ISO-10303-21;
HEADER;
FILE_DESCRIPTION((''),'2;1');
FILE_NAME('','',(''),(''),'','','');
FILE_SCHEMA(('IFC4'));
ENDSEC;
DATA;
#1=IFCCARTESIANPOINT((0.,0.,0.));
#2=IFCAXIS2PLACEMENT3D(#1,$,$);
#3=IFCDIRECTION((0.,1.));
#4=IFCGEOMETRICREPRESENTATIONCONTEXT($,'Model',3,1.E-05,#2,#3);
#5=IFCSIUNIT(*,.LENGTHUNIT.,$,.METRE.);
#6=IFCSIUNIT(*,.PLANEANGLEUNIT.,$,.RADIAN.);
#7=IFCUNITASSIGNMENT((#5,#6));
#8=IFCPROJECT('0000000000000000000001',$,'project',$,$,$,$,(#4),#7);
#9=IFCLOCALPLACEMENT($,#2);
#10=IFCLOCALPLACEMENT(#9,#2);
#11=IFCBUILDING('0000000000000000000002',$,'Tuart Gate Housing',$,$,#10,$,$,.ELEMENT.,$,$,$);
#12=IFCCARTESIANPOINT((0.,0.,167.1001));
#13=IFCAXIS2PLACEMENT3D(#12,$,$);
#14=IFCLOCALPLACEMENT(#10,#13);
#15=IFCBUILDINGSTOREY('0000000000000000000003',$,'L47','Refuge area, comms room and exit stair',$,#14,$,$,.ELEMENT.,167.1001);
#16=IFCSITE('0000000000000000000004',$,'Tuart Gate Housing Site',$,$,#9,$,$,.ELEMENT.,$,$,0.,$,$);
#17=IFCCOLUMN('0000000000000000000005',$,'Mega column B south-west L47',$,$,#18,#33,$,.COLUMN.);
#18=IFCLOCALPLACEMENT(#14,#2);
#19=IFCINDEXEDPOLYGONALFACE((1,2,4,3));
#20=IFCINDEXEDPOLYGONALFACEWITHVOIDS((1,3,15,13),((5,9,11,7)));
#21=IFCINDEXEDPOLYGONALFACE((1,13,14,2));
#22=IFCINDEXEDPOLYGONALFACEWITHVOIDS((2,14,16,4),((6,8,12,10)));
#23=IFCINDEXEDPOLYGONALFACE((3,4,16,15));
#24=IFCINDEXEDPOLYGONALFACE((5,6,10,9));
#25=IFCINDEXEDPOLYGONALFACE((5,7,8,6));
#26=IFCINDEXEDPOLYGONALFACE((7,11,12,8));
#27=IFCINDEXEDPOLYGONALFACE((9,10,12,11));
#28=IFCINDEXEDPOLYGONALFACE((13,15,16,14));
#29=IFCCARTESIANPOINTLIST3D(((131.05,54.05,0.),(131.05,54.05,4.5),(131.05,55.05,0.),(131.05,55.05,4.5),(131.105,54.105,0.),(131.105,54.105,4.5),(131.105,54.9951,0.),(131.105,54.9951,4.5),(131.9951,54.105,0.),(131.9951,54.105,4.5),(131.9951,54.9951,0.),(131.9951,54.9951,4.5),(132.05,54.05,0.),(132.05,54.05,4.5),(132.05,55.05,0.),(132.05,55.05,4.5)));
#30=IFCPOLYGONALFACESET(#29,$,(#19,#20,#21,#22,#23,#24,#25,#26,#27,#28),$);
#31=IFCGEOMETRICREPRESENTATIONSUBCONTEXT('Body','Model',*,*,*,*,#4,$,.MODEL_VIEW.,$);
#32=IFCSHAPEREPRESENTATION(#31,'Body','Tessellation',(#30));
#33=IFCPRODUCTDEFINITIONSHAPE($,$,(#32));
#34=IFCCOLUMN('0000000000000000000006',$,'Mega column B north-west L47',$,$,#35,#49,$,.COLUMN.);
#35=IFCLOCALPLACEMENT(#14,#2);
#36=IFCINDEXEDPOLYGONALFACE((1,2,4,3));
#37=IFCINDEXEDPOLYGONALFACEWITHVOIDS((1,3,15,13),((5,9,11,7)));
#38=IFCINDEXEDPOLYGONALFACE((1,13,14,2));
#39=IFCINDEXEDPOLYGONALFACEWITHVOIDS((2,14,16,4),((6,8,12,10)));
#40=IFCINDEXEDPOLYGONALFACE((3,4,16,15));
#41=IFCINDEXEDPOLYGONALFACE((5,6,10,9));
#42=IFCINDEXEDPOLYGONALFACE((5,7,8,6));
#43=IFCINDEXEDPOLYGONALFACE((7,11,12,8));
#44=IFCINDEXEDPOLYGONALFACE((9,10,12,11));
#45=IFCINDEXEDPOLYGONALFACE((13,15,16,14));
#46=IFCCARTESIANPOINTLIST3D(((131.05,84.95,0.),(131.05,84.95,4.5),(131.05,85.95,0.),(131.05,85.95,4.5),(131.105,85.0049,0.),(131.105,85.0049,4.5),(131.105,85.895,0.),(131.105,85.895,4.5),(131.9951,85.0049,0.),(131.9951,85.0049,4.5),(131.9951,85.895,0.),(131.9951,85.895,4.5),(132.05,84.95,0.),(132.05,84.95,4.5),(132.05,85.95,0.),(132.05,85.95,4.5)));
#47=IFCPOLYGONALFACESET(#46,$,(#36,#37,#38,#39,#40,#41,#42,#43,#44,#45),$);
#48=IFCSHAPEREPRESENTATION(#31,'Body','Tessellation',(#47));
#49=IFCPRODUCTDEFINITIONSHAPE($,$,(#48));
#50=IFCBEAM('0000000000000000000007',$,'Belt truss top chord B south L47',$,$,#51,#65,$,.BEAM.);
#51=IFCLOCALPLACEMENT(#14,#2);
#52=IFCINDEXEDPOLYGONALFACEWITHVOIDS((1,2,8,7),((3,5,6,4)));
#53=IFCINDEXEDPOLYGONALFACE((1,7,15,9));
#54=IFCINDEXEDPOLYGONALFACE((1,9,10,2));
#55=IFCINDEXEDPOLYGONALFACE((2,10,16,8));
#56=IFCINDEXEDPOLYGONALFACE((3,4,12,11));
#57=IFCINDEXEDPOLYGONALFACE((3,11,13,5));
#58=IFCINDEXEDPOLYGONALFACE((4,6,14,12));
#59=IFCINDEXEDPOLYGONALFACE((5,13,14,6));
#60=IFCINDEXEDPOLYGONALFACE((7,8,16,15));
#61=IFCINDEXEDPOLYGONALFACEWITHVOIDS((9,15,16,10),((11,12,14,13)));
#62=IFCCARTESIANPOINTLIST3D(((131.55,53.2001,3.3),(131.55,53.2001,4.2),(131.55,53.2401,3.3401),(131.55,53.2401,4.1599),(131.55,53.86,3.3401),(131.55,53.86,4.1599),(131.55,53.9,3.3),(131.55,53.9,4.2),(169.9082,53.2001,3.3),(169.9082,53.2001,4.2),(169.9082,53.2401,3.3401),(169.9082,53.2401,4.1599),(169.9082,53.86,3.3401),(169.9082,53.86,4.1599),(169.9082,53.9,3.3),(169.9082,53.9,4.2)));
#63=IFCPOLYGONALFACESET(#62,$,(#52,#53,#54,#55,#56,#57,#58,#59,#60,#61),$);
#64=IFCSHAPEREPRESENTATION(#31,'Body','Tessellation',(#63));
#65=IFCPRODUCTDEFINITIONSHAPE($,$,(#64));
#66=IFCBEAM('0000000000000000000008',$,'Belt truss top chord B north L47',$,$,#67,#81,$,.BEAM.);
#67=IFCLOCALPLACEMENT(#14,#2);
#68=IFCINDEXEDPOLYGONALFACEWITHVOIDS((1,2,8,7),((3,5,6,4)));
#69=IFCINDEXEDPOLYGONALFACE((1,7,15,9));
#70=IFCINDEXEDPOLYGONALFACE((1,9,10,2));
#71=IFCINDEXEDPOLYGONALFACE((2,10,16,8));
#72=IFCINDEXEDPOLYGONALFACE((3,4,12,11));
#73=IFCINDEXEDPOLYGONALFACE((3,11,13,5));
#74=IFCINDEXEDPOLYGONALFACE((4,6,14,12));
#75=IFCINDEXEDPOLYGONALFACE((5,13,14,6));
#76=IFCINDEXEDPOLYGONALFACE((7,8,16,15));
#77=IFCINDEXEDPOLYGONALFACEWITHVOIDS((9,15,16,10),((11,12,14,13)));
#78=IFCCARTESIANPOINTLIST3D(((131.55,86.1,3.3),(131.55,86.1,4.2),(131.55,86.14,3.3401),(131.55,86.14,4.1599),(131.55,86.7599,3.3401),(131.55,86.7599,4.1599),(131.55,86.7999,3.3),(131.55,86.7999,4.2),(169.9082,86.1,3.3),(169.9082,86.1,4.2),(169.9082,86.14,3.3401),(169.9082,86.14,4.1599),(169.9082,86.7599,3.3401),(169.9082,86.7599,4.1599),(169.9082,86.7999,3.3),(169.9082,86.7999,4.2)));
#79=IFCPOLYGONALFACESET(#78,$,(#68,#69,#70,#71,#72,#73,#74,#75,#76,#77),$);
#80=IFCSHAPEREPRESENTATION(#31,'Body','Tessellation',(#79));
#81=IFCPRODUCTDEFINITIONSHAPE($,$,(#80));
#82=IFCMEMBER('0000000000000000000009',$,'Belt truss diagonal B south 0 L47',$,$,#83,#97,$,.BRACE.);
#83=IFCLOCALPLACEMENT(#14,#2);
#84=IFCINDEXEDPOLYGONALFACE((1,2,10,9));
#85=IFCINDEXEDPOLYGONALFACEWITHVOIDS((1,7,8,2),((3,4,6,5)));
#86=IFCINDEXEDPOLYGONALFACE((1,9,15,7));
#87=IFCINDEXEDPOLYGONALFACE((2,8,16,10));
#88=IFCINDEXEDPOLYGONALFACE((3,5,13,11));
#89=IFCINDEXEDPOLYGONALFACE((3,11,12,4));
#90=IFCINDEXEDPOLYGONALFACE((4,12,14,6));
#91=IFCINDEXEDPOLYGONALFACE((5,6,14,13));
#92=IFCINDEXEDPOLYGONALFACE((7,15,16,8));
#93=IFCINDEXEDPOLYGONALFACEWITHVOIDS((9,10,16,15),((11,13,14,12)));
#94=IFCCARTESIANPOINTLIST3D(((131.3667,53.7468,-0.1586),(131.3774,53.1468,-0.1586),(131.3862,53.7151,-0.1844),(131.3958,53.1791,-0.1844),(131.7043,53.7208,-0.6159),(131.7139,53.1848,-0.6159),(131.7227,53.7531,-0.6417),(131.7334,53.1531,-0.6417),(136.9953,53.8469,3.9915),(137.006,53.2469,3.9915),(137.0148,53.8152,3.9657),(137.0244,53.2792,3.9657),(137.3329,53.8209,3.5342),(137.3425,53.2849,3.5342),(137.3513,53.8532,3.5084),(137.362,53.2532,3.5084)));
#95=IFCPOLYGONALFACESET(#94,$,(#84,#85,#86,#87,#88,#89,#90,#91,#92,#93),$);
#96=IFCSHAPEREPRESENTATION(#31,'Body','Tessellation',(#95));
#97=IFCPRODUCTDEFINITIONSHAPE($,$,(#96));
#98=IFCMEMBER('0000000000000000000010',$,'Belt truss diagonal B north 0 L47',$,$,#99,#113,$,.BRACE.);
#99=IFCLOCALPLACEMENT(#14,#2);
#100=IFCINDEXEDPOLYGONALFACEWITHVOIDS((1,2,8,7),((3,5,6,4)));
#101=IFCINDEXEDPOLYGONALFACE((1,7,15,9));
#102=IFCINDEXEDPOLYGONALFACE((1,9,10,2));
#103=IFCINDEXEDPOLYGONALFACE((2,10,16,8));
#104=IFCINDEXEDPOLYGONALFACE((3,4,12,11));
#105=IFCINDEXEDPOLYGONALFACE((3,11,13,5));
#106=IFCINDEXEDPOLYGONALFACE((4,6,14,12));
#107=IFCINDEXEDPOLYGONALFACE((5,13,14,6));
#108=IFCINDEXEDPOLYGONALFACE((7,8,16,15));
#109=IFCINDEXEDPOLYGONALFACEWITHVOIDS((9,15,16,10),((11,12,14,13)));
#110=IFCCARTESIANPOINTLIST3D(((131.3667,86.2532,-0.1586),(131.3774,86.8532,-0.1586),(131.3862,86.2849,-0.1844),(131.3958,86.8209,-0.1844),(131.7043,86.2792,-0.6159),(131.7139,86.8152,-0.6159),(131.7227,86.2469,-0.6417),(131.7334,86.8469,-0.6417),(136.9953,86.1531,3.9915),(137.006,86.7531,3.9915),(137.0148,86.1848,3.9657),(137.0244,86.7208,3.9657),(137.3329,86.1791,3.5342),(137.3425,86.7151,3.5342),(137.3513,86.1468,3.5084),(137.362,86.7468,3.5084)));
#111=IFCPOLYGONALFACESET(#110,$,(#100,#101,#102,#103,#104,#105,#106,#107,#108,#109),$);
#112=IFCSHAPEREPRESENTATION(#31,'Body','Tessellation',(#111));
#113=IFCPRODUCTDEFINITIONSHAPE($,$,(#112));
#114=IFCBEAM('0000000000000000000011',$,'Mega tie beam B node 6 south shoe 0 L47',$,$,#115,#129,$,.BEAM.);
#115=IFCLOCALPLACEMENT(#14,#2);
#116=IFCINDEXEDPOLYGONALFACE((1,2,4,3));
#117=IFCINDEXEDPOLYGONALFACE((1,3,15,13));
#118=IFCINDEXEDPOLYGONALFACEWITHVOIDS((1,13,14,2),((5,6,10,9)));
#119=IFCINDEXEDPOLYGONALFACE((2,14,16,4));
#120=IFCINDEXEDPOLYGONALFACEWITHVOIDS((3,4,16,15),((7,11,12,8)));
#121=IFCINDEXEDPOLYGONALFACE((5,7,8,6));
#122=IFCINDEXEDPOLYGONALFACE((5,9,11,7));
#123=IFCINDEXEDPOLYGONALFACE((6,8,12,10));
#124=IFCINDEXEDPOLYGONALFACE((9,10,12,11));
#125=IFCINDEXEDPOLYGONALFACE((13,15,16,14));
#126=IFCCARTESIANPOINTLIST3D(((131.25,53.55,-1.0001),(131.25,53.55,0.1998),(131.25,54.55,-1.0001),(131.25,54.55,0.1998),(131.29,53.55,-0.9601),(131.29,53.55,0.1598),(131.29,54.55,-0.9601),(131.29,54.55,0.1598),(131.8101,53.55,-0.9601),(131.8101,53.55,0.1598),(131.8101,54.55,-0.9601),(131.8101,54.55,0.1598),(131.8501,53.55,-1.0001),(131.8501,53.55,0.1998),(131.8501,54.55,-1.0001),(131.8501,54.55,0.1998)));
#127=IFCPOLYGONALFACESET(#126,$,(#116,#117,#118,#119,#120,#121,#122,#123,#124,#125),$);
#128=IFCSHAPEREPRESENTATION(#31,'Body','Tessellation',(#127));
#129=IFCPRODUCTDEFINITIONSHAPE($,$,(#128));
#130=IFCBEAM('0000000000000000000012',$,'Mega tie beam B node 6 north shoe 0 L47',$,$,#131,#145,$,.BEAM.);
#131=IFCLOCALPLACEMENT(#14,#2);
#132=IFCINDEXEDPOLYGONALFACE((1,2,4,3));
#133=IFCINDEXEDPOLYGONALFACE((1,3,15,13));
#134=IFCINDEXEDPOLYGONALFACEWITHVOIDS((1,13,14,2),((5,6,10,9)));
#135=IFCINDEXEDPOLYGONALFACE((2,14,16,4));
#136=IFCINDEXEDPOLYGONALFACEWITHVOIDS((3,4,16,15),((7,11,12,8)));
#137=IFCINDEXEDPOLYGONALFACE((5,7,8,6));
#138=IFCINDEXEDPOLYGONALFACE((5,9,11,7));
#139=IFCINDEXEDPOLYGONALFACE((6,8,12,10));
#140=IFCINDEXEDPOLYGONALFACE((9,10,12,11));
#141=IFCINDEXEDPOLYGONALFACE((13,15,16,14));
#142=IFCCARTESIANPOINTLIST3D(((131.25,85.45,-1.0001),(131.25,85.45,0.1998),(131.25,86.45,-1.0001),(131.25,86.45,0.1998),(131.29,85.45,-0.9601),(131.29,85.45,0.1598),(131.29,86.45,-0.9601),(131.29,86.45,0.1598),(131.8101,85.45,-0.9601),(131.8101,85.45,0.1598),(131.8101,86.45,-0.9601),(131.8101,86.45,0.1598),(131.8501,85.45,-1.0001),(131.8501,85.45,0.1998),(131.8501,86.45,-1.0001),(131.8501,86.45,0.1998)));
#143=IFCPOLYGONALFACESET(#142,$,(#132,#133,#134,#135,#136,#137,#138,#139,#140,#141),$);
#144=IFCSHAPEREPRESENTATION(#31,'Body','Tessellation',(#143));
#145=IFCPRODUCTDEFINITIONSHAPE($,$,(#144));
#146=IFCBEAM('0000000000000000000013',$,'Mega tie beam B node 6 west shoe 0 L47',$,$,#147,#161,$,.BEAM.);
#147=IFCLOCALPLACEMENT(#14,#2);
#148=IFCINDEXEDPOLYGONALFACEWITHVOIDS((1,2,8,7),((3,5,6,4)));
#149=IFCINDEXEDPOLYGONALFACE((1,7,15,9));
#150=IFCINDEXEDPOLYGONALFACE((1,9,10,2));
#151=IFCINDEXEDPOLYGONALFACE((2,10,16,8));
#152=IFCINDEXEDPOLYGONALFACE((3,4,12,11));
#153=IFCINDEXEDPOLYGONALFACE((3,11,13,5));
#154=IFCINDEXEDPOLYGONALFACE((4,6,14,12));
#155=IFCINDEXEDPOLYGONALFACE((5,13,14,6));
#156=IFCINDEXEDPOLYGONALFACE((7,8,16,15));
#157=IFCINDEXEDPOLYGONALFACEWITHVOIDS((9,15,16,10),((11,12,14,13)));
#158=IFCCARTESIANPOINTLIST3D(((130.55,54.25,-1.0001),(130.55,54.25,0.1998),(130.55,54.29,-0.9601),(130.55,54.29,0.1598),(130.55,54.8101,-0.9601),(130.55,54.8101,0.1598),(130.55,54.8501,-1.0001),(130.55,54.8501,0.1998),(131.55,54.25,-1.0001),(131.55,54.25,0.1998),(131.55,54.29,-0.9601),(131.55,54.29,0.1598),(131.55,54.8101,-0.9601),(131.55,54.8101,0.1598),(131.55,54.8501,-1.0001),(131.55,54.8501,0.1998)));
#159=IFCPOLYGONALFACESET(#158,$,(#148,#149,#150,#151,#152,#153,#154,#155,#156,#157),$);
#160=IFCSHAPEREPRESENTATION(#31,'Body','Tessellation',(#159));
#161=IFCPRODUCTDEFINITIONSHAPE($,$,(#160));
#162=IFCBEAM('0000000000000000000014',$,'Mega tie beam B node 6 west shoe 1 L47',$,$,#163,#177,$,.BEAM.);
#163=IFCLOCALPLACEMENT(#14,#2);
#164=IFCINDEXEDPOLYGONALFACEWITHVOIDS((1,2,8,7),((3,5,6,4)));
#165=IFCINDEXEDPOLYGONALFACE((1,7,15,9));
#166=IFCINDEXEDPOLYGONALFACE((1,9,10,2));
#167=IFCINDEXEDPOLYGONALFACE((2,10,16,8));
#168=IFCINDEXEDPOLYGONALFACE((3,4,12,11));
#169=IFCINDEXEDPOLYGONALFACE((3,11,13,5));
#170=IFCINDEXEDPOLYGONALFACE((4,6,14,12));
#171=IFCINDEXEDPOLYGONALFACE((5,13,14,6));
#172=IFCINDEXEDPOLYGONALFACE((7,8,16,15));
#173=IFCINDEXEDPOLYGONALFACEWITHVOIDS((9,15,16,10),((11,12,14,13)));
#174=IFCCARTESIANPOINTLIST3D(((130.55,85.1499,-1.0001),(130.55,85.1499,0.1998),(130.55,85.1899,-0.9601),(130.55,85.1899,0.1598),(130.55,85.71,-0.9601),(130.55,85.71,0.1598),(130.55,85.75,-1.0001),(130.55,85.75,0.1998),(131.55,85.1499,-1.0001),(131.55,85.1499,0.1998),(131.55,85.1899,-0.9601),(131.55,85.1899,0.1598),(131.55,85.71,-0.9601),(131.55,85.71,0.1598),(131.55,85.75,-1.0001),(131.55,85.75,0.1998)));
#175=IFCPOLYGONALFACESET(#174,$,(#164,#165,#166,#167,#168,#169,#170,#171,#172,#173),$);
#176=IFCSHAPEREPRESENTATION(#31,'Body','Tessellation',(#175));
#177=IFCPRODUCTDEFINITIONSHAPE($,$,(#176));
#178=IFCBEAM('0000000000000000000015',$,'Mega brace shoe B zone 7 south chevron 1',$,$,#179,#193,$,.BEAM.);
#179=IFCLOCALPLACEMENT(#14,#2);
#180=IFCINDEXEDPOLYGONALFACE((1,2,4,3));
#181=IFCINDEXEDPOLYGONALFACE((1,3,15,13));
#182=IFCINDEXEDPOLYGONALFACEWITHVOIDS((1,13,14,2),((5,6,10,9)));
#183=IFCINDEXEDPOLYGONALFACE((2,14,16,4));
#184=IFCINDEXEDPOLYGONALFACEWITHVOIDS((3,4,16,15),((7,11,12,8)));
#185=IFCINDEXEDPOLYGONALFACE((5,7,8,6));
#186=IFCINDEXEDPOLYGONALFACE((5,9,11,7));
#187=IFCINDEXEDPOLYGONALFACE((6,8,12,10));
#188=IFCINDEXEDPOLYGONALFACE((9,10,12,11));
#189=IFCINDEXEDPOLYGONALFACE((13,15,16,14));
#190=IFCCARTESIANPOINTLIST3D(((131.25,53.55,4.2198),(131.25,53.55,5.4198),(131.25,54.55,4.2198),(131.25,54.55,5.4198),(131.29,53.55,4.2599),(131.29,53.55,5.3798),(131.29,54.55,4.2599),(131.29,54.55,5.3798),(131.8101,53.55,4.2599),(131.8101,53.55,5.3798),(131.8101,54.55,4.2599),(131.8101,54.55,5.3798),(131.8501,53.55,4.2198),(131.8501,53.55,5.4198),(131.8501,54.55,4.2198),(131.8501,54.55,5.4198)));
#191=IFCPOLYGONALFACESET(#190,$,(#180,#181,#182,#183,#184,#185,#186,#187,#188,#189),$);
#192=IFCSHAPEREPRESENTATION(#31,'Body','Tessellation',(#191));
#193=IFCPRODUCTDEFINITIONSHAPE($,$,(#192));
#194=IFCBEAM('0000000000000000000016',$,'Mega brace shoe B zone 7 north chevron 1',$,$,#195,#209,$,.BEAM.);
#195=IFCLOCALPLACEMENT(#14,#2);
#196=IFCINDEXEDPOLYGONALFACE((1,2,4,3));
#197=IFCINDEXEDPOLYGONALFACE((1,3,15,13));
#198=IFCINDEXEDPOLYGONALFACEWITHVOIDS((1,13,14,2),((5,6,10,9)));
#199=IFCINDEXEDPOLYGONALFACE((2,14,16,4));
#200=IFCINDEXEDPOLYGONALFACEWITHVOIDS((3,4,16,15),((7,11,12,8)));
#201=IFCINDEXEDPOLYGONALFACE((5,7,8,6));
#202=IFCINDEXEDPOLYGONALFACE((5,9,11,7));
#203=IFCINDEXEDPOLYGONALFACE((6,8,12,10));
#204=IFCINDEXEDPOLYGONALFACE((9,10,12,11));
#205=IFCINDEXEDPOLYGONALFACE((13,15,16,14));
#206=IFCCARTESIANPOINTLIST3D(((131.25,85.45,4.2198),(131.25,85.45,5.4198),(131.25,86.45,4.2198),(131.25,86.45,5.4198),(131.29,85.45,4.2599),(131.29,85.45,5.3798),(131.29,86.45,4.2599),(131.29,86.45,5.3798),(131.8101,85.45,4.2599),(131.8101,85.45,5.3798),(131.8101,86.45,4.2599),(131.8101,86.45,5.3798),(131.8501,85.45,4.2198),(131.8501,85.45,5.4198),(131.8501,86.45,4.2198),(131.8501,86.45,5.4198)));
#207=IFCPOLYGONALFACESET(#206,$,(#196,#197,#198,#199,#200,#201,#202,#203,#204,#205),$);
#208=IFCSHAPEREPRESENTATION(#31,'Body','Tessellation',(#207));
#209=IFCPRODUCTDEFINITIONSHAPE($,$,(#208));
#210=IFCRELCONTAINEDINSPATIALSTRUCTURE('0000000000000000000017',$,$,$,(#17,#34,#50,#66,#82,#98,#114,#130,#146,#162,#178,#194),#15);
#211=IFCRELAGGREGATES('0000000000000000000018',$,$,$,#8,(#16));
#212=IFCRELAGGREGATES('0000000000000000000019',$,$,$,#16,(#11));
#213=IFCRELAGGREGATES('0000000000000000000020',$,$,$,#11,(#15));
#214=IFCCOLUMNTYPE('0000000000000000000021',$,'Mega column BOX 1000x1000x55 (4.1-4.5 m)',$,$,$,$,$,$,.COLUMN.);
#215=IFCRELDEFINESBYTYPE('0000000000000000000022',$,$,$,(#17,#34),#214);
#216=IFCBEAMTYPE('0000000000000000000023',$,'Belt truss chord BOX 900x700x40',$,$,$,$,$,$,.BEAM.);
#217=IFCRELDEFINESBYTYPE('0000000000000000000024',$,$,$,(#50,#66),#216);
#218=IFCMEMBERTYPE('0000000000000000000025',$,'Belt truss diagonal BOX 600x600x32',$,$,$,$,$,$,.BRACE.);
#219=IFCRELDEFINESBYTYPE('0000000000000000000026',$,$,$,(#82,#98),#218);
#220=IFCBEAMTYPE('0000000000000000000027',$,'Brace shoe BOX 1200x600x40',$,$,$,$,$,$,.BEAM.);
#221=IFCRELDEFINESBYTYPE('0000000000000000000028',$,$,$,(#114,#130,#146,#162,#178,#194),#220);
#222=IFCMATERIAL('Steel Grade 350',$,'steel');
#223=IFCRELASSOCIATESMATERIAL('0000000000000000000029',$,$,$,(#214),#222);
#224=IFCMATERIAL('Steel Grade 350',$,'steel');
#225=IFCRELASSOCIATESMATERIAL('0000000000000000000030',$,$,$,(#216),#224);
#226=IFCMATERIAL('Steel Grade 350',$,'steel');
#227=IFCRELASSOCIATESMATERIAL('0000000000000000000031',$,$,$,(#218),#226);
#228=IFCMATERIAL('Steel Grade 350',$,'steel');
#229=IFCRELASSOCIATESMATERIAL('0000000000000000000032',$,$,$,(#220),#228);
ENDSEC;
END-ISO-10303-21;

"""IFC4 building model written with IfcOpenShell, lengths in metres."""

from ifc_helpers import new_model, si_unit, direction, frame, origin, origin_2d, place, context, subcontext, project, spatial, hollow_rectangle, extrude, material, material_profile, profile_set, type_object, element, save


model = new_model("IFC4")

# Units and contexts
model_context = context("Model", 3, precision=1e-05, world=origin(), true_north=direction((0.0, 1.0)))
body_context = subcontext(model_context, "Body", "Model", "MODEL_VIEW")
ifc_project = project(units=[si_unit("LENGTHUNIT", "METRE"), si_unit("PLANEANGLEUNIT", "RADIAN")], contexts=[model_context])

# Site, building, storey
site_placement = place(None, origin())
site = spatial("IfcSite", under=ifc_project, at=site_placement, Name="Tuart Gate Housing Site", CompositionType="ELEMENT", RefElevation=0.0)
building_placement = place(site_placement, origin())
building = spatial("IfcBuilding", under=site, at=building_placement, Name="Tuart Gate Housing", CompositionType="ELEMENT")
storey_placement = place(building_placement, frame((0.0, 0.0, 167.1001)))
storey = spatial("IfcBuildingStorey", under=building, at=storey_placement, Name="L47", Description="Refuge area, comms room and exit stair", CompositionType="ELEMENT", Elevation=167.1001)

# Columns
ifc_material_1 = material(Name="Steel Grade 350", Category="steel")
ifc_material_profile_1 = material_profile(ifc_material_1, hollow_rectangle(XDim=1.0, YDim=1.0, WallThickness=0.0549, at=origin_2d()), Name="BOX 1000x1000x55")
ifc_profile_set_1 = profile_set([ifc_material_profile_1], Name="Steel Grade 350")
column_type = type_object("IfcColumnType", Name="Mega column BOX 1000x1000x55 (4.1-4.5 m)", PredefinedType="COLUMN", material=ifc_profile_set_1)
for number, where, z_axis, x_axis, name in (
    (1, (131.55, 54.55, 0.0), (0.0, 0.0, 1.0), (1.0, 0.0, 0.0), "Mega column B south-west L47"),
    (2, (131.55, 85.45, 0.0), (0.0, 0.0, 1.0), (1.0, 0.0, 0.0), "Mega column B north-west L47"),
):
    element("IfcColumn", number, at=place(storey_placement, frame(where, z_axis=z_axis, x_axis=x_axis)), inside=storey, type_object=column_type, Name=name, PredefinedType="COLUMN", context=body_context, shape_type="SweptSolid", body=[
        extrude(hollow_rectangle(XDim=1.0, YDim=1.0, WallThickness=0.0549, at=origin_2d()), origin(), (0.0, 0.0, 1.0), 4.5),
    ])

# Beams
ifc_material_2 = material(Name="Steel Grade 350", Category="steel")
ifc_material_profile_2 = material_profile(ifc_material_2, hollow_rectangle(XDim=0.7, YDim=0.8999, WallThickness=0.04, at=origin_2d()), Name="BOX 900x700x40")
ifc_profile_set_2 = profile_set([ifc_material_profile_2], Name="Steel Grade 350")
beam_type_1 = type_object("IfcBeamType", Name="Belt truss chord BOX 900x700x40", PredefinedType="BEAM", material=ifc_profile_set_2)
for number, where, z_axis, x_axis, name in (
    (3, (131.55, 53.55, 3.75), (1.0, 0.0, 0.0), (0.0, 1.0, 0.0), "Belt truss top chord B south L47"),
    (4, (131.55, 86.45, 3.75), (1.0, 0.0, 0.0), (0.0, 1.0, 0.0), "Belt truss top chord B north L47"),
):
    element("IfcBeam", number, at=place(storey_placement, frame(where, z_axis=z_axis, x_axis=x_axis)), inside=storey, type_object=beam_type_1, Name=name, PredefinedType="BEAM", context=body_context, shape_type="SweptSolid", body=[
        extrude(hollow_rectangle(XDim=0.7, YDim=0.8999, WallThickness=0.04, at=origin_2d()), origin(), (0.0, 0.0, 1.0), 38.3582),
    ])

# Members
ifc_material_3 = material(Name="Steel Grade 350", Category="steel")
ifc_material_profile_3 = material_profile(ifc_material_3, hollow_rectangle(XDim=0.6001, YDim=0.6001, WallThickness=0.032, at=origin_2d()), Name="BOX 600x600x32")
ifc_profile_set_3 = profile_set([ifc_material_profile_3], Name="Steel Grade 350")
member_type_1 = type_object("IfcMemberType", Name="Belt truss diagonal BOX 600x600x32", PredefinedType="BRACE", material=ifc_profile_set_3)
for number, where, z_axis, x_axis, name in (
    (5, (131.55, 53.45, -0.4001), (0.804788, 0.014312, 0.593389), (-0.017781, 0.999842, 0.0), "Belt truss diagonal B south 0 L47"),
    (6, (131.55, 86.55, -0.4001), (0.804788, -0.014312, 0.593389), (0.017781, 0.999842, 0.0), "Belt truss diagonal B north 0 L47"),
):
    element("IfcMember", number, at=place(storey_placement, frame(where, z_axis=z_axis, x_axis=x_axis)), inside=storey, type_object=member_type_1, Name=name, PredefinedType="BRACE", context=body_context, shape_type="SweptSolid", body=[
        extrude(hollow_rectangle(XDim=0.6001, YDim=0.6001, WallThickness=0.032, at=origin_2d()), origin(), (0.0, 0.0, 1.0), 6.9939),
    ])

# Beams
ifc_material_4 = material(Name="Steel Grade 350", Category="steel")
ifc_material_profile_4 = material_profile(ifc_material_4, hollow_rectangle(XDim=0.6001, YDim=1.2, WallThickness=0.04, at=origin_2d()), Name="BOX 1200x600x40")
ifc_profile_set_4 = profile_set([ifc_material_profile_4], Name="Steel Grade 350")
beam_type_2 = type_object("IfcBeamType", Name="Brace shoe BOX 1200x600x40", PredefinedType="BEAM", material=ifc_profile_set_4)
for number, where, z_axis, x_axis, name in (
    (7, (131.55, 54.55, -0.4001), (0.0, -1.0, 0.0), (1.0, 0.0, 0.0), "Mega tie beam B node 6 south shoe 0 L47"),
    (8, (131.55, 85.45, -0.4001), (0.0, 1.0, 0.0), (-1.0, 0.0, 0.0), "Mega tie beam B node 6 north shoe 0 L47"),
    (9, (131.55, 54.55, -0.4001), (-1.0, 0.0, 0.0), (0.0, -1.0, 0.0), "Mega tie beam B node 6 west shoe 0 L47"),
    (10, (131.55, 85.45, -0.4001), (-1.0, 0.0, 0.0), (0.0, -1.0, 0.0), "Mega tie beam B node 6 west shoe 1 L47"),
    (11, (131.55, 54.55, 4.8198), (0.0, -1.0, 0.0), (1.0, 0.0, 0.0), "Mega brace shoe B zone 7 south chevron 1"),
    (12, (131.55, 85.45, 4.8198), (0.0, 1.0, 0.0), (-1.0, 0.0, 0.0), "Mega brace shoe B zone 7 north chevron 1"),
):
    element("IfcBeam", number, at=place(storey_placement, frame(where, z_axis=z_axis, x_axis=x_axis)), inside=storey, type_object=beam_type_2, Name=name, PredefinedType="BEAM", context=body_context, shape_type="SweptSolid", body=[
        extrude(hollow_rectangle(XDim=0.6001, YDim=1.2, WallThickness=0.04, at=origin_2d()), origin(), (0.0, 0.0, 1.0), 1.0),
    ])

save(model, "model.ifc")
